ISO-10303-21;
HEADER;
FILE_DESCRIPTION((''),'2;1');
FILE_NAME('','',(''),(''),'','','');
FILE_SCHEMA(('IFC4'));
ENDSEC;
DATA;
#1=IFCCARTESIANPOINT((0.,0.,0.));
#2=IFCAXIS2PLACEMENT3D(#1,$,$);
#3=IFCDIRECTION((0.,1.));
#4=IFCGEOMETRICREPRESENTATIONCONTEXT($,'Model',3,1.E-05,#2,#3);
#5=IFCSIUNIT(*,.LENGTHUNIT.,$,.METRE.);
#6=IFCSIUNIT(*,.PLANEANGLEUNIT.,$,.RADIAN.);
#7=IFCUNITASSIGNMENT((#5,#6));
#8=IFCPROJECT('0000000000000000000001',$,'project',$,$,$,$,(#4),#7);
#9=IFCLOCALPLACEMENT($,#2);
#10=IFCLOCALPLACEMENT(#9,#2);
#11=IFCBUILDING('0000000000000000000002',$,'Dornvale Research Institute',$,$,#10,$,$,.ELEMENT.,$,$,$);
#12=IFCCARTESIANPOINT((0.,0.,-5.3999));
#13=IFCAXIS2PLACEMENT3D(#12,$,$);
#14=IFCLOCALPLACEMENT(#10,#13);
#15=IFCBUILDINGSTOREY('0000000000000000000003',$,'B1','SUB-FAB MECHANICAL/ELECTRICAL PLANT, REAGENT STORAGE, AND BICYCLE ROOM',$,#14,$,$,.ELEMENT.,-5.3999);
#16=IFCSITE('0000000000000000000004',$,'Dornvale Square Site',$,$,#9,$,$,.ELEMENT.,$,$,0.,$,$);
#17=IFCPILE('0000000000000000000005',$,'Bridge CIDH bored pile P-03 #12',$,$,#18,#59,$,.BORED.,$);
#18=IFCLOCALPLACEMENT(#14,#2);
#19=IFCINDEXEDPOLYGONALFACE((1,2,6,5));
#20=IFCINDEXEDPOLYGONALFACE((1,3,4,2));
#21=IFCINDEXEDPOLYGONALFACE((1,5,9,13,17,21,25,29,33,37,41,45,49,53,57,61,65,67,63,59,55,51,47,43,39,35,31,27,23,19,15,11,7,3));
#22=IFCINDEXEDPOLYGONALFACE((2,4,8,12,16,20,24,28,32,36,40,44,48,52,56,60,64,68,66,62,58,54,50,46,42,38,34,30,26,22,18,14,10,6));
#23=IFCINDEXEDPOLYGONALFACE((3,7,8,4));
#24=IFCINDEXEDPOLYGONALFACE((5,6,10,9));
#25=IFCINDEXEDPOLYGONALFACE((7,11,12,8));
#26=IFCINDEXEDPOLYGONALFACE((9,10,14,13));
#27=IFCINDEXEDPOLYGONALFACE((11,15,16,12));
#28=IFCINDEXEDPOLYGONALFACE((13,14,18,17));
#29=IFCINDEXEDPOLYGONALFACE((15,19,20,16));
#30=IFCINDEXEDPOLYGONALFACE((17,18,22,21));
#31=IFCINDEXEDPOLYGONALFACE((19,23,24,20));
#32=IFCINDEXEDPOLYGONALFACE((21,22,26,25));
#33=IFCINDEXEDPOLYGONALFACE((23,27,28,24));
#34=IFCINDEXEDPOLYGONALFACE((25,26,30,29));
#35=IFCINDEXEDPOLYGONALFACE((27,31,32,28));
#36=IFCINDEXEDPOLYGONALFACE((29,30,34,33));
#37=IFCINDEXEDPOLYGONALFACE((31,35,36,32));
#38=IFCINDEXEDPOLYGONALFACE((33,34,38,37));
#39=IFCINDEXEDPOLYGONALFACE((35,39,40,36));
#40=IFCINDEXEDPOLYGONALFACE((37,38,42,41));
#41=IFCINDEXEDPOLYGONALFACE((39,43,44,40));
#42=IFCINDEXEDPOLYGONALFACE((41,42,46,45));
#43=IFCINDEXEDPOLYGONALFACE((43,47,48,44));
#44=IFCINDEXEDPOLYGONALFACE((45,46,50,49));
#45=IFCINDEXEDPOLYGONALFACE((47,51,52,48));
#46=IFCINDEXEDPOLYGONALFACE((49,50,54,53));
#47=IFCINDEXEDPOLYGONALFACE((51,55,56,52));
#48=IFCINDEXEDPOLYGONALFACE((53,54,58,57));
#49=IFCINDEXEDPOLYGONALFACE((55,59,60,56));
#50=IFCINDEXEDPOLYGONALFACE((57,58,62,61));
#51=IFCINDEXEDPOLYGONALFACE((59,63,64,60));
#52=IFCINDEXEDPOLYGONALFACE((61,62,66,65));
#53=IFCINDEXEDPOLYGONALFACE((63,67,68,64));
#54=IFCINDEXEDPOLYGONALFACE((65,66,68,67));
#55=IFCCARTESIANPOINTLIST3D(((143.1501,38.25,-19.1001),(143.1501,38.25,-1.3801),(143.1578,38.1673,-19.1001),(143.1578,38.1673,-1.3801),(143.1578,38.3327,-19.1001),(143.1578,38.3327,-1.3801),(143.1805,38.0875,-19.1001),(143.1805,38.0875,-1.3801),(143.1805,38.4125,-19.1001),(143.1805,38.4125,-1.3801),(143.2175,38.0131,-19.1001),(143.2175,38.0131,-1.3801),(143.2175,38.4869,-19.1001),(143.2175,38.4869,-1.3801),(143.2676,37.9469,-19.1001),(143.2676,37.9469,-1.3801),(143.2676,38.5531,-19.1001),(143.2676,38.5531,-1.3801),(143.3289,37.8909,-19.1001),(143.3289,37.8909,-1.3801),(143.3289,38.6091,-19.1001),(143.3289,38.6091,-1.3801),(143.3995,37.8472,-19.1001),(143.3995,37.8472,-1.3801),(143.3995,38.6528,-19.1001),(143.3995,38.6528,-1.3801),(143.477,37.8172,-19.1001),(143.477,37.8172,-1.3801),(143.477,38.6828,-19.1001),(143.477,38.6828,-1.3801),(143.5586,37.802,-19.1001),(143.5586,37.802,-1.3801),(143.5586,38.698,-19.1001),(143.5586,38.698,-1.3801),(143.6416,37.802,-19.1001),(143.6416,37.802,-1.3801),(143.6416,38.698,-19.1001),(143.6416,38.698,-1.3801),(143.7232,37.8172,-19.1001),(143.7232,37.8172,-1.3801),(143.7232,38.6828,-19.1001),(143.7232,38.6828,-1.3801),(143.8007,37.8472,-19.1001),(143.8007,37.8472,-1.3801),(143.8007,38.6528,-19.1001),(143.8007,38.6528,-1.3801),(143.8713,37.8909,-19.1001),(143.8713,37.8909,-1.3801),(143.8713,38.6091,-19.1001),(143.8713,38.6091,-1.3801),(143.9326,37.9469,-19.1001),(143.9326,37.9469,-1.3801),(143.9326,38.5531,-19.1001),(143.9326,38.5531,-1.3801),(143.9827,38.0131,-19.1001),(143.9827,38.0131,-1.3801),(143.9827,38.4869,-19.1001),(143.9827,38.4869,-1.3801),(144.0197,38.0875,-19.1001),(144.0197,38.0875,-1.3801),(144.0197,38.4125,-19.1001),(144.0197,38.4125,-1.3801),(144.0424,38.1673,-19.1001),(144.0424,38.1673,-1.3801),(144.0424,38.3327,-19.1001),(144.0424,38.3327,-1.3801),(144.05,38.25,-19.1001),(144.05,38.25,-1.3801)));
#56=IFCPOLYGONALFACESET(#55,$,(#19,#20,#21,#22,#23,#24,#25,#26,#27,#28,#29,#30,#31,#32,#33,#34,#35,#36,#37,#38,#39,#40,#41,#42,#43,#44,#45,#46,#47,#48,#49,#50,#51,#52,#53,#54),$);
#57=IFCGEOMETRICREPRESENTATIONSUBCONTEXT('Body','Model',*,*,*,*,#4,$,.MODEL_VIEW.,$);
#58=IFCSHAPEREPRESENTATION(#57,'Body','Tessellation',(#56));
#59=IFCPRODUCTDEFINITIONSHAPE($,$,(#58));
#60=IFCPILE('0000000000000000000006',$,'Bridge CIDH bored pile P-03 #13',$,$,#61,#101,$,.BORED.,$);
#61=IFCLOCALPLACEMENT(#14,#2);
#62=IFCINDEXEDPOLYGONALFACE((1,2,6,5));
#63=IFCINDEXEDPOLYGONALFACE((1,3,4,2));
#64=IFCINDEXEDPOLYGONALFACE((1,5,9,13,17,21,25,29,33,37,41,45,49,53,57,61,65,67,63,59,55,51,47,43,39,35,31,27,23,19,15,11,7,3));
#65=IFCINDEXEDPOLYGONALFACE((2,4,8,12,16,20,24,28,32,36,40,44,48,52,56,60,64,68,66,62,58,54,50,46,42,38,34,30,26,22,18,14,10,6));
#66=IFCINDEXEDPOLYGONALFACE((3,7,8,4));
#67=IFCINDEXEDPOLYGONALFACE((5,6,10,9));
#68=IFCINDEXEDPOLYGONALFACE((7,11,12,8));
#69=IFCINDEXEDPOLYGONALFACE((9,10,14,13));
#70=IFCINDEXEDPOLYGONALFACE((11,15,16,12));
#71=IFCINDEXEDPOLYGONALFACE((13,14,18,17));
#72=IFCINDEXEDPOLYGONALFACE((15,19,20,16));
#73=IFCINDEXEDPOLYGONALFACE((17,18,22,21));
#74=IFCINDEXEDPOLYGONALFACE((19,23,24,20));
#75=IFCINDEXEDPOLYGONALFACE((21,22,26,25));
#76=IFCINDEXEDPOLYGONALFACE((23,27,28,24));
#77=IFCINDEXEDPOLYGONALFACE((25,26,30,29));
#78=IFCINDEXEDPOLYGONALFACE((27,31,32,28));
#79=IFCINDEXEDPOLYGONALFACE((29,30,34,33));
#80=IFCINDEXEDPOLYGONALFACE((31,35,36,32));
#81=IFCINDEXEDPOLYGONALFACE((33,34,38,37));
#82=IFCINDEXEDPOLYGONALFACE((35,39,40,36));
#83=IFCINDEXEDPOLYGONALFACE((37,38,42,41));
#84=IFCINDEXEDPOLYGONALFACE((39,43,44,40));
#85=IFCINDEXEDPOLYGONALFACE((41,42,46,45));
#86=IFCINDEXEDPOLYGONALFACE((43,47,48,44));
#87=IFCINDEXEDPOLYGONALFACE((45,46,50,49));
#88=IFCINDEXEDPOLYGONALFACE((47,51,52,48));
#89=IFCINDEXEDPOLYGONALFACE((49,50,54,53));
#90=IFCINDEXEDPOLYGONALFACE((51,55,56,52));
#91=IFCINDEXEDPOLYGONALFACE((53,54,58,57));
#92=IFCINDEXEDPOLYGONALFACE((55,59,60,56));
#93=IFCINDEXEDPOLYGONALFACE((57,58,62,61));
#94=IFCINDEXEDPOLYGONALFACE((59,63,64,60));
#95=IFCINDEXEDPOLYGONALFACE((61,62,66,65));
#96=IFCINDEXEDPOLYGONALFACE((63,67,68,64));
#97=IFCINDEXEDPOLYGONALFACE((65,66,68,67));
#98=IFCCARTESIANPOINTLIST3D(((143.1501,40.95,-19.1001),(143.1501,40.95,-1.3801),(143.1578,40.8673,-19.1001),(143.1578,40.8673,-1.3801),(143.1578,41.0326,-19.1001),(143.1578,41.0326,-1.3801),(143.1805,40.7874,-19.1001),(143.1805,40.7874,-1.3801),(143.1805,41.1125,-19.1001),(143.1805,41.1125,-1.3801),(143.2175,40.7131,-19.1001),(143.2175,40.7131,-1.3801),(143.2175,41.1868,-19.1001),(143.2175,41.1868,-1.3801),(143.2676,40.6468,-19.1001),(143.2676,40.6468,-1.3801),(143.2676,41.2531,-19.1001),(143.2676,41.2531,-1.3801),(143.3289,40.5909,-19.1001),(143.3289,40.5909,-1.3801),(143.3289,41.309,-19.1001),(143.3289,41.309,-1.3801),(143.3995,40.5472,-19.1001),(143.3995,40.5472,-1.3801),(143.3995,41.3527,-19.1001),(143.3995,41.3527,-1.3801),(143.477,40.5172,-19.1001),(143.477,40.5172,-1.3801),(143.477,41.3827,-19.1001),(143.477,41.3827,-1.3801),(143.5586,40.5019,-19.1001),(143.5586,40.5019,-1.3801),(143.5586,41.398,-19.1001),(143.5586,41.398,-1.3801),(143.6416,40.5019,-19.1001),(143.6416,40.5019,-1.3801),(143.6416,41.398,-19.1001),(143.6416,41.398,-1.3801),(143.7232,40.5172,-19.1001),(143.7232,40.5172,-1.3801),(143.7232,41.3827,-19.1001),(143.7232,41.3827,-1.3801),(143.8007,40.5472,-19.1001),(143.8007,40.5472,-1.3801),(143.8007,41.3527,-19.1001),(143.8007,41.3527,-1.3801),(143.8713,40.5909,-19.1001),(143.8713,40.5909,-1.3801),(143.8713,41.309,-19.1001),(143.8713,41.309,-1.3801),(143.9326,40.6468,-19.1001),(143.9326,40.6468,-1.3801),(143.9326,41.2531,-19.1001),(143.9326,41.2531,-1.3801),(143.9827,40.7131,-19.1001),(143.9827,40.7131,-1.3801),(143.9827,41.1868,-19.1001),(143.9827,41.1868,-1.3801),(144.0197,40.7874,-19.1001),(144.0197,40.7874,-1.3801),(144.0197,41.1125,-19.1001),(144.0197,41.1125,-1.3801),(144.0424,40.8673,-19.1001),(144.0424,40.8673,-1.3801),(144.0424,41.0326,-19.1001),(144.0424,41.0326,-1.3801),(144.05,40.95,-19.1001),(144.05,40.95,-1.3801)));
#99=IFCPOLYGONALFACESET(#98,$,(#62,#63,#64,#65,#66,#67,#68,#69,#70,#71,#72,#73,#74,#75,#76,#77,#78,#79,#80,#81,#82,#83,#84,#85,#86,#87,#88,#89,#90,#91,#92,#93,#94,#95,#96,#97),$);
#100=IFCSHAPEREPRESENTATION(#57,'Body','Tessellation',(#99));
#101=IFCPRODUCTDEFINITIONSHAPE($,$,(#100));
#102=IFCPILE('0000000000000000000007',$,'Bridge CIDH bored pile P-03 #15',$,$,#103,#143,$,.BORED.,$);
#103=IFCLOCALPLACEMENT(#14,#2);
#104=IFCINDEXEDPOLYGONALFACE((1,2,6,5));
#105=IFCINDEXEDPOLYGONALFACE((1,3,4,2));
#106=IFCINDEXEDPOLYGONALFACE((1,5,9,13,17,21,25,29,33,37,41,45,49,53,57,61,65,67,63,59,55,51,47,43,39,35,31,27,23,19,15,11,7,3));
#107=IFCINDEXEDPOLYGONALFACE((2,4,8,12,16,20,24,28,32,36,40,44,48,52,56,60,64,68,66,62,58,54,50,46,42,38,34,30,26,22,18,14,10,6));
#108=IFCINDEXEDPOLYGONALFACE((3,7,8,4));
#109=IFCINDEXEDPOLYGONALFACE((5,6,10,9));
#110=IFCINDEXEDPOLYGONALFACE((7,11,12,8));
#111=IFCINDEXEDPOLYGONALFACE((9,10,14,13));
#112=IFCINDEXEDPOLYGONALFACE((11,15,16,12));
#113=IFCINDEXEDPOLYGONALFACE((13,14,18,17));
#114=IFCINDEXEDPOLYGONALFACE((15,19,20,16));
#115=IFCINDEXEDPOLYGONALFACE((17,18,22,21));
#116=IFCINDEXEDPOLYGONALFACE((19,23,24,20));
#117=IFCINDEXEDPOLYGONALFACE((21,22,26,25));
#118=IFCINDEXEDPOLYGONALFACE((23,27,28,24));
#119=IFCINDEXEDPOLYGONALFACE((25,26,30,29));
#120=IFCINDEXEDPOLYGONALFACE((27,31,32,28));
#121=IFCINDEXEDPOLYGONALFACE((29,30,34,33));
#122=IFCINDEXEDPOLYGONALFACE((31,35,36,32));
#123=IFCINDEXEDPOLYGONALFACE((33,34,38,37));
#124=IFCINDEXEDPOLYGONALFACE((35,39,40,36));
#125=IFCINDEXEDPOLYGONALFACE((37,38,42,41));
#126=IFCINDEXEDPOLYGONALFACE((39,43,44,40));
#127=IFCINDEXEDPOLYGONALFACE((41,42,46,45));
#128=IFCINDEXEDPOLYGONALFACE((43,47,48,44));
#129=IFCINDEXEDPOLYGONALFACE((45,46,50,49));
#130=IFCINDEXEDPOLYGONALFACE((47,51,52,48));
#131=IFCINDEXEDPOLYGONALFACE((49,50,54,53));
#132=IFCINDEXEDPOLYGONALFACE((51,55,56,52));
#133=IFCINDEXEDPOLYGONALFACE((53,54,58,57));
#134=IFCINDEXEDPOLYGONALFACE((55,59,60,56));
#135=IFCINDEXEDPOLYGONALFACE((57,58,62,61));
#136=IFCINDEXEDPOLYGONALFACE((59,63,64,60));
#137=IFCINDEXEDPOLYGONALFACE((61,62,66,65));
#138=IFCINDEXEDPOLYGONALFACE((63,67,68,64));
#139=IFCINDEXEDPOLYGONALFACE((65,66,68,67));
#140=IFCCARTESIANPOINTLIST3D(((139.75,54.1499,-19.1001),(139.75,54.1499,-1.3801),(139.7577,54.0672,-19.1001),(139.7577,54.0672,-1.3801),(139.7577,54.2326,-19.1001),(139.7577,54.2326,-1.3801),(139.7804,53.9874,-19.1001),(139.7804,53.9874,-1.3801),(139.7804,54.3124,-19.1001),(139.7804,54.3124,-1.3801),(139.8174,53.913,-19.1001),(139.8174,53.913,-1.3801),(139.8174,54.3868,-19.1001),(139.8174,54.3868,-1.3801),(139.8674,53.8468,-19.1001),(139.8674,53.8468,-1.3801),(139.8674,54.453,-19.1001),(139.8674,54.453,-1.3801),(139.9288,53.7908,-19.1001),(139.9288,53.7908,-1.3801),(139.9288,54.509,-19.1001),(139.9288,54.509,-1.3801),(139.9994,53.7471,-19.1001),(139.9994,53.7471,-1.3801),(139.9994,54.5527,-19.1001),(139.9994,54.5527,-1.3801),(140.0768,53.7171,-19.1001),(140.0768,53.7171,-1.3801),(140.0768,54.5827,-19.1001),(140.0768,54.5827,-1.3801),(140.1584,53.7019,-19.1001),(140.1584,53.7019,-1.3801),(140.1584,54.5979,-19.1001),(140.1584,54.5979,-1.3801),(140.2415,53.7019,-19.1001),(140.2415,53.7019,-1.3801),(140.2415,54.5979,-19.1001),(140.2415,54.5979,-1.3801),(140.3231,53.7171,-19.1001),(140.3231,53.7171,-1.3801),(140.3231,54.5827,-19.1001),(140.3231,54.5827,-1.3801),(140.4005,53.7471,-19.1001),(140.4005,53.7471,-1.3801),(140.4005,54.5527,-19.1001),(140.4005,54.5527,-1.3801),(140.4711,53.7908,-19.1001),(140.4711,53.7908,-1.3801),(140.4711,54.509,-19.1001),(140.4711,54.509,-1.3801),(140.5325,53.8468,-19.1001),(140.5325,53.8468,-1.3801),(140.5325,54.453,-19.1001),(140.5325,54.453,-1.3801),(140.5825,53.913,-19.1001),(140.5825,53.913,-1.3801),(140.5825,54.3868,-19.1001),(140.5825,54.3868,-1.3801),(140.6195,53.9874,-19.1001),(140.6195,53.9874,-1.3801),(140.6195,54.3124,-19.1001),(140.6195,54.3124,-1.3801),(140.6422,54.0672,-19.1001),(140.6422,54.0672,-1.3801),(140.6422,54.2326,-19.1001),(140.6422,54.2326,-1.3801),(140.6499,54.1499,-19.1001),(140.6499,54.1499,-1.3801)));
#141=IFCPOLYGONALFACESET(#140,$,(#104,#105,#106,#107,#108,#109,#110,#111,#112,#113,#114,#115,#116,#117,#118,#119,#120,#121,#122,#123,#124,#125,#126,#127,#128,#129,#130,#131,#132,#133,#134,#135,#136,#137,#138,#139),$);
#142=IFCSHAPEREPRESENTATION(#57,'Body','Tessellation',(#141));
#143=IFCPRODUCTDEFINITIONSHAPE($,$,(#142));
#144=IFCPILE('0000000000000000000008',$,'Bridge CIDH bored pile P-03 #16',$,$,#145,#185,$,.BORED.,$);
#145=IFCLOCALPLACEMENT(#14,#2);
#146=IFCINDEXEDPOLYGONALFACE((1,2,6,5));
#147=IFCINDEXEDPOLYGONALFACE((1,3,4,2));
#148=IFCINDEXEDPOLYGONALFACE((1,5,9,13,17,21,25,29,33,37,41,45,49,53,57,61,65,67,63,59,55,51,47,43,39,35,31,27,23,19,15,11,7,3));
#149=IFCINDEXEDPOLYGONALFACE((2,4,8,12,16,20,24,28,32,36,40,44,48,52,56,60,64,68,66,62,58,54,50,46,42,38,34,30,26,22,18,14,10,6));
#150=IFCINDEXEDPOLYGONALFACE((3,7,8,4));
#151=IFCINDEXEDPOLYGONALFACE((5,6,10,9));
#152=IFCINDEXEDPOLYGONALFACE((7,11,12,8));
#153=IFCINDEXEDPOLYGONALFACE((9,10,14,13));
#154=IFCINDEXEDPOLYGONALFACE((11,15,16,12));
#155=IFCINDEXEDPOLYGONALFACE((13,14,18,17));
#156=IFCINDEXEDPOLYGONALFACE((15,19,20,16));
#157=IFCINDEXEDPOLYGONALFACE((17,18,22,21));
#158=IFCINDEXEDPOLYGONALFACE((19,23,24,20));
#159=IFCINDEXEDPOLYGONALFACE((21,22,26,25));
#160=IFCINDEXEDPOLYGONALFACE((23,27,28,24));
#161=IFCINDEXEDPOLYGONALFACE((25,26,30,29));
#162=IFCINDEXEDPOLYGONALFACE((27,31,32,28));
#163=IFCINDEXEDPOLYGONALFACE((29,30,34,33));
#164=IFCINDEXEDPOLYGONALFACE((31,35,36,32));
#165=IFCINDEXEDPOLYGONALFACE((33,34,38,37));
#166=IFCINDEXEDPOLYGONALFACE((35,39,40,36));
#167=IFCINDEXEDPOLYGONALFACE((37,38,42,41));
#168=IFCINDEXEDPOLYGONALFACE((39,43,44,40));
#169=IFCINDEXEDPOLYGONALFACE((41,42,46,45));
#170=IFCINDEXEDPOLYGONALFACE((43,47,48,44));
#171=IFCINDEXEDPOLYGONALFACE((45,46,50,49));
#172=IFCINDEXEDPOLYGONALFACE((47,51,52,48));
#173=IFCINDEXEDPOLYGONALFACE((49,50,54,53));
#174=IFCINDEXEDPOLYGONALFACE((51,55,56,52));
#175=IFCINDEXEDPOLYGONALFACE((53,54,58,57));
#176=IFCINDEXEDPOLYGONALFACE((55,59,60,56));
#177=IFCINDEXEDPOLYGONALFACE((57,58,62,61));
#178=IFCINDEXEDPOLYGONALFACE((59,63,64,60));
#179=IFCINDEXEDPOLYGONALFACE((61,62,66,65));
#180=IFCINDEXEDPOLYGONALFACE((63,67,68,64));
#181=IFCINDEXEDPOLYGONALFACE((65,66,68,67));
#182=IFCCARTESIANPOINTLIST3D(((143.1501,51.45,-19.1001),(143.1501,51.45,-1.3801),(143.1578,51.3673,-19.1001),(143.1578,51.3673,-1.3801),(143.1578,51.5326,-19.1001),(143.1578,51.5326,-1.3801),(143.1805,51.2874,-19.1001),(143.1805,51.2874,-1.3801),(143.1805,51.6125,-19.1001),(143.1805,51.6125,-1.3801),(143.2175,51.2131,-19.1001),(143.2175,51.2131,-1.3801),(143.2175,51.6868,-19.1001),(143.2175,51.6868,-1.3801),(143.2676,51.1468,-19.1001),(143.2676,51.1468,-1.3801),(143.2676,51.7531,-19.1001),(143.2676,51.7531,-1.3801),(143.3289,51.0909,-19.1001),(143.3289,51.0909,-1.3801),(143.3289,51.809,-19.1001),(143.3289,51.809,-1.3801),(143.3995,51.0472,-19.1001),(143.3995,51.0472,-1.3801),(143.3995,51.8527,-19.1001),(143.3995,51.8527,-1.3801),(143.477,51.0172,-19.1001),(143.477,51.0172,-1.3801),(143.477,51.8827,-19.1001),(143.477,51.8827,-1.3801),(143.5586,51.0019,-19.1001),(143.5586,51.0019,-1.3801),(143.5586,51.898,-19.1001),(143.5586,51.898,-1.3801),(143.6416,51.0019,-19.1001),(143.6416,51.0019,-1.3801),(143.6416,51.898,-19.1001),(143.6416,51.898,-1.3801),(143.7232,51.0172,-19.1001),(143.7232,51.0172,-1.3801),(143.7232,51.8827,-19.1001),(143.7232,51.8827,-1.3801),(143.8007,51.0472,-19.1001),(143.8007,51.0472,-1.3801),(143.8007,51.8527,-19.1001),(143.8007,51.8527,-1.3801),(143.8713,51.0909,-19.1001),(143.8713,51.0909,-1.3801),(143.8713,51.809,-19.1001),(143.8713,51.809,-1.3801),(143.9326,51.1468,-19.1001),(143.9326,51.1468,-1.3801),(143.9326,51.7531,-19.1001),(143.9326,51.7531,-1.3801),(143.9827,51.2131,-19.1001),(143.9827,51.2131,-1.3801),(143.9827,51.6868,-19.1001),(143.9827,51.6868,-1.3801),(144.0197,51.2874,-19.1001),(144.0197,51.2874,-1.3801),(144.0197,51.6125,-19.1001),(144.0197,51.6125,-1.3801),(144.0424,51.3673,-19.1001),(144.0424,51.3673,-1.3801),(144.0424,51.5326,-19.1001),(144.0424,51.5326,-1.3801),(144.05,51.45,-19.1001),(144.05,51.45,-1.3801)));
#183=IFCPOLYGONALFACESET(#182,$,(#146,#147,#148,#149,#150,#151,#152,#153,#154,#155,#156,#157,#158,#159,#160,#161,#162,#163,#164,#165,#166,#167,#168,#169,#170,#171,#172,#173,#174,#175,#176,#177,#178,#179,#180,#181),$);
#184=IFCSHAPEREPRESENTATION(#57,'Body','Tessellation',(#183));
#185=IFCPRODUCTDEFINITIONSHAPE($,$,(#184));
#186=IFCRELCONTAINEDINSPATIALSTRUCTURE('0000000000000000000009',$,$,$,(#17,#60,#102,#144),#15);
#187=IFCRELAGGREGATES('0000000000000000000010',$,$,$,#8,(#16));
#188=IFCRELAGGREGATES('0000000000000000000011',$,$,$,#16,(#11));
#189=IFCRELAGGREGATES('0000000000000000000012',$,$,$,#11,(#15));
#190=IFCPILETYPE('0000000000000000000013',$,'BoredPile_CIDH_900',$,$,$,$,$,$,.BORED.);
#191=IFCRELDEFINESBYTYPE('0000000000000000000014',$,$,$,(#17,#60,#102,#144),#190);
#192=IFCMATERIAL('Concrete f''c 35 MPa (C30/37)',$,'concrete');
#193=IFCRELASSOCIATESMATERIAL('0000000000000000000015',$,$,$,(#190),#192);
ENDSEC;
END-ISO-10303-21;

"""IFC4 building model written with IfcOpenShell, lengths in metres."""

from ifc_helpers import new_model, si_unit, direction, frame, origin, origin_2d, place, context, subcontext, project, spatial, circle, extrude, material, material_profile, profile_set, type_object, element, save


model = new_model("IFC4")

# Units and contexts
model_context = context("Model", 3, precision=1e-05, world=origin(), true_north=direction((0.0, 1.0)))
body_context = subcontext(model_context, "Body", "Model", "MODEL_VIEW")
ifc_project = project(units=[si_unit("LENGTHUNIT", "METRE"), si_unit("PLANEANGLEUNIT", "RADIAN")], contexts=[model_context])

# Site, building, storey
site_placement = place(None, origin())
site = spatial("IfcSite", under=ifc_project, at=site_placement, Name="Dornvale Square Site", CompositionType="ELEMENT", RefElevation=0.0)
building_placement = place(site_placement, origin())
building = spatial("IfcBuilding", under=site, at=building_placement, Name="Dornvale Research Institute", CompositionType="ELEMENT")
storey_placement = place(building_placement, frame((0.0, 0.0, -5.3999)))
storey = spatial("IfcBuildingStorey", under=building, at=storey_placement, Name="B1", Description="SUB-FAB MECHANICAL/ELECTRICAL PLANT, REAGENT STORAGE, AND BICYCLE ROOM", CompositionType="ELEMENT", Elevation=-5.3999)

# Piles
ifc_material_1 = material(Name="Concrete f'c 35 MPa (C30/37)", Category="concrete")
ifc_material_profile_1 = material_profile(ifc_material_1, circle(Radius=0.45, at=origin_2d()), Name="CIDH PILE D900")
ifc_profile_set_1 = profile_set([ifc_material_profile_1], Name="Concrete f'c 35 MPa (C30/37)")
pile_type = type_object("IfcPileType", Name="BoredPile_CIDH_900", PredefinedType="BORED", material=ifc_profile_set_1)
for number, where, z_axis, x_axis, name in (
    (1, (143.6001, 38.25, -1.3801), (0.0, 0.0, -1.0), (1.0, 0.0, 0.0), "Bridge CIDH bored pile P-03 #12"),
    (2, (143.6001, 40.95, -1.3801), (0.0, 0.0, -1.0), (1.0, 0.0, 0.0), "Bridge CIDH bored pile P-03 #13"),
    (3, (140.2, 54.1499, -1.3801), (0.0, 0.0, -1.0), (1.0, 0.0, 0.0), "Bridge CIDH bored pile P-03 #15"),
    (4, (143.6001, 51.45, -1.3801), (0.0, 0.0, -1.0), (1.0, 0.0, 0.0), "Bridge CIDH bored pile P-03 #16"),
):
    element("IfcPile", number, at=place(storey_placement, frame(where, z_axis=z_axis, x_axis=x_axis)), inside=storey, type_object=pile_type, Name=name, PredefinedType="BORED", context=body_context, shape_type="SweptSolid", body=[
        extrude(circle(Radius=0.45, at=origin_2d()), origin(), (0.0, 0.0, 1.0), 17.72),
    ])

save(model, "model.ifc")
